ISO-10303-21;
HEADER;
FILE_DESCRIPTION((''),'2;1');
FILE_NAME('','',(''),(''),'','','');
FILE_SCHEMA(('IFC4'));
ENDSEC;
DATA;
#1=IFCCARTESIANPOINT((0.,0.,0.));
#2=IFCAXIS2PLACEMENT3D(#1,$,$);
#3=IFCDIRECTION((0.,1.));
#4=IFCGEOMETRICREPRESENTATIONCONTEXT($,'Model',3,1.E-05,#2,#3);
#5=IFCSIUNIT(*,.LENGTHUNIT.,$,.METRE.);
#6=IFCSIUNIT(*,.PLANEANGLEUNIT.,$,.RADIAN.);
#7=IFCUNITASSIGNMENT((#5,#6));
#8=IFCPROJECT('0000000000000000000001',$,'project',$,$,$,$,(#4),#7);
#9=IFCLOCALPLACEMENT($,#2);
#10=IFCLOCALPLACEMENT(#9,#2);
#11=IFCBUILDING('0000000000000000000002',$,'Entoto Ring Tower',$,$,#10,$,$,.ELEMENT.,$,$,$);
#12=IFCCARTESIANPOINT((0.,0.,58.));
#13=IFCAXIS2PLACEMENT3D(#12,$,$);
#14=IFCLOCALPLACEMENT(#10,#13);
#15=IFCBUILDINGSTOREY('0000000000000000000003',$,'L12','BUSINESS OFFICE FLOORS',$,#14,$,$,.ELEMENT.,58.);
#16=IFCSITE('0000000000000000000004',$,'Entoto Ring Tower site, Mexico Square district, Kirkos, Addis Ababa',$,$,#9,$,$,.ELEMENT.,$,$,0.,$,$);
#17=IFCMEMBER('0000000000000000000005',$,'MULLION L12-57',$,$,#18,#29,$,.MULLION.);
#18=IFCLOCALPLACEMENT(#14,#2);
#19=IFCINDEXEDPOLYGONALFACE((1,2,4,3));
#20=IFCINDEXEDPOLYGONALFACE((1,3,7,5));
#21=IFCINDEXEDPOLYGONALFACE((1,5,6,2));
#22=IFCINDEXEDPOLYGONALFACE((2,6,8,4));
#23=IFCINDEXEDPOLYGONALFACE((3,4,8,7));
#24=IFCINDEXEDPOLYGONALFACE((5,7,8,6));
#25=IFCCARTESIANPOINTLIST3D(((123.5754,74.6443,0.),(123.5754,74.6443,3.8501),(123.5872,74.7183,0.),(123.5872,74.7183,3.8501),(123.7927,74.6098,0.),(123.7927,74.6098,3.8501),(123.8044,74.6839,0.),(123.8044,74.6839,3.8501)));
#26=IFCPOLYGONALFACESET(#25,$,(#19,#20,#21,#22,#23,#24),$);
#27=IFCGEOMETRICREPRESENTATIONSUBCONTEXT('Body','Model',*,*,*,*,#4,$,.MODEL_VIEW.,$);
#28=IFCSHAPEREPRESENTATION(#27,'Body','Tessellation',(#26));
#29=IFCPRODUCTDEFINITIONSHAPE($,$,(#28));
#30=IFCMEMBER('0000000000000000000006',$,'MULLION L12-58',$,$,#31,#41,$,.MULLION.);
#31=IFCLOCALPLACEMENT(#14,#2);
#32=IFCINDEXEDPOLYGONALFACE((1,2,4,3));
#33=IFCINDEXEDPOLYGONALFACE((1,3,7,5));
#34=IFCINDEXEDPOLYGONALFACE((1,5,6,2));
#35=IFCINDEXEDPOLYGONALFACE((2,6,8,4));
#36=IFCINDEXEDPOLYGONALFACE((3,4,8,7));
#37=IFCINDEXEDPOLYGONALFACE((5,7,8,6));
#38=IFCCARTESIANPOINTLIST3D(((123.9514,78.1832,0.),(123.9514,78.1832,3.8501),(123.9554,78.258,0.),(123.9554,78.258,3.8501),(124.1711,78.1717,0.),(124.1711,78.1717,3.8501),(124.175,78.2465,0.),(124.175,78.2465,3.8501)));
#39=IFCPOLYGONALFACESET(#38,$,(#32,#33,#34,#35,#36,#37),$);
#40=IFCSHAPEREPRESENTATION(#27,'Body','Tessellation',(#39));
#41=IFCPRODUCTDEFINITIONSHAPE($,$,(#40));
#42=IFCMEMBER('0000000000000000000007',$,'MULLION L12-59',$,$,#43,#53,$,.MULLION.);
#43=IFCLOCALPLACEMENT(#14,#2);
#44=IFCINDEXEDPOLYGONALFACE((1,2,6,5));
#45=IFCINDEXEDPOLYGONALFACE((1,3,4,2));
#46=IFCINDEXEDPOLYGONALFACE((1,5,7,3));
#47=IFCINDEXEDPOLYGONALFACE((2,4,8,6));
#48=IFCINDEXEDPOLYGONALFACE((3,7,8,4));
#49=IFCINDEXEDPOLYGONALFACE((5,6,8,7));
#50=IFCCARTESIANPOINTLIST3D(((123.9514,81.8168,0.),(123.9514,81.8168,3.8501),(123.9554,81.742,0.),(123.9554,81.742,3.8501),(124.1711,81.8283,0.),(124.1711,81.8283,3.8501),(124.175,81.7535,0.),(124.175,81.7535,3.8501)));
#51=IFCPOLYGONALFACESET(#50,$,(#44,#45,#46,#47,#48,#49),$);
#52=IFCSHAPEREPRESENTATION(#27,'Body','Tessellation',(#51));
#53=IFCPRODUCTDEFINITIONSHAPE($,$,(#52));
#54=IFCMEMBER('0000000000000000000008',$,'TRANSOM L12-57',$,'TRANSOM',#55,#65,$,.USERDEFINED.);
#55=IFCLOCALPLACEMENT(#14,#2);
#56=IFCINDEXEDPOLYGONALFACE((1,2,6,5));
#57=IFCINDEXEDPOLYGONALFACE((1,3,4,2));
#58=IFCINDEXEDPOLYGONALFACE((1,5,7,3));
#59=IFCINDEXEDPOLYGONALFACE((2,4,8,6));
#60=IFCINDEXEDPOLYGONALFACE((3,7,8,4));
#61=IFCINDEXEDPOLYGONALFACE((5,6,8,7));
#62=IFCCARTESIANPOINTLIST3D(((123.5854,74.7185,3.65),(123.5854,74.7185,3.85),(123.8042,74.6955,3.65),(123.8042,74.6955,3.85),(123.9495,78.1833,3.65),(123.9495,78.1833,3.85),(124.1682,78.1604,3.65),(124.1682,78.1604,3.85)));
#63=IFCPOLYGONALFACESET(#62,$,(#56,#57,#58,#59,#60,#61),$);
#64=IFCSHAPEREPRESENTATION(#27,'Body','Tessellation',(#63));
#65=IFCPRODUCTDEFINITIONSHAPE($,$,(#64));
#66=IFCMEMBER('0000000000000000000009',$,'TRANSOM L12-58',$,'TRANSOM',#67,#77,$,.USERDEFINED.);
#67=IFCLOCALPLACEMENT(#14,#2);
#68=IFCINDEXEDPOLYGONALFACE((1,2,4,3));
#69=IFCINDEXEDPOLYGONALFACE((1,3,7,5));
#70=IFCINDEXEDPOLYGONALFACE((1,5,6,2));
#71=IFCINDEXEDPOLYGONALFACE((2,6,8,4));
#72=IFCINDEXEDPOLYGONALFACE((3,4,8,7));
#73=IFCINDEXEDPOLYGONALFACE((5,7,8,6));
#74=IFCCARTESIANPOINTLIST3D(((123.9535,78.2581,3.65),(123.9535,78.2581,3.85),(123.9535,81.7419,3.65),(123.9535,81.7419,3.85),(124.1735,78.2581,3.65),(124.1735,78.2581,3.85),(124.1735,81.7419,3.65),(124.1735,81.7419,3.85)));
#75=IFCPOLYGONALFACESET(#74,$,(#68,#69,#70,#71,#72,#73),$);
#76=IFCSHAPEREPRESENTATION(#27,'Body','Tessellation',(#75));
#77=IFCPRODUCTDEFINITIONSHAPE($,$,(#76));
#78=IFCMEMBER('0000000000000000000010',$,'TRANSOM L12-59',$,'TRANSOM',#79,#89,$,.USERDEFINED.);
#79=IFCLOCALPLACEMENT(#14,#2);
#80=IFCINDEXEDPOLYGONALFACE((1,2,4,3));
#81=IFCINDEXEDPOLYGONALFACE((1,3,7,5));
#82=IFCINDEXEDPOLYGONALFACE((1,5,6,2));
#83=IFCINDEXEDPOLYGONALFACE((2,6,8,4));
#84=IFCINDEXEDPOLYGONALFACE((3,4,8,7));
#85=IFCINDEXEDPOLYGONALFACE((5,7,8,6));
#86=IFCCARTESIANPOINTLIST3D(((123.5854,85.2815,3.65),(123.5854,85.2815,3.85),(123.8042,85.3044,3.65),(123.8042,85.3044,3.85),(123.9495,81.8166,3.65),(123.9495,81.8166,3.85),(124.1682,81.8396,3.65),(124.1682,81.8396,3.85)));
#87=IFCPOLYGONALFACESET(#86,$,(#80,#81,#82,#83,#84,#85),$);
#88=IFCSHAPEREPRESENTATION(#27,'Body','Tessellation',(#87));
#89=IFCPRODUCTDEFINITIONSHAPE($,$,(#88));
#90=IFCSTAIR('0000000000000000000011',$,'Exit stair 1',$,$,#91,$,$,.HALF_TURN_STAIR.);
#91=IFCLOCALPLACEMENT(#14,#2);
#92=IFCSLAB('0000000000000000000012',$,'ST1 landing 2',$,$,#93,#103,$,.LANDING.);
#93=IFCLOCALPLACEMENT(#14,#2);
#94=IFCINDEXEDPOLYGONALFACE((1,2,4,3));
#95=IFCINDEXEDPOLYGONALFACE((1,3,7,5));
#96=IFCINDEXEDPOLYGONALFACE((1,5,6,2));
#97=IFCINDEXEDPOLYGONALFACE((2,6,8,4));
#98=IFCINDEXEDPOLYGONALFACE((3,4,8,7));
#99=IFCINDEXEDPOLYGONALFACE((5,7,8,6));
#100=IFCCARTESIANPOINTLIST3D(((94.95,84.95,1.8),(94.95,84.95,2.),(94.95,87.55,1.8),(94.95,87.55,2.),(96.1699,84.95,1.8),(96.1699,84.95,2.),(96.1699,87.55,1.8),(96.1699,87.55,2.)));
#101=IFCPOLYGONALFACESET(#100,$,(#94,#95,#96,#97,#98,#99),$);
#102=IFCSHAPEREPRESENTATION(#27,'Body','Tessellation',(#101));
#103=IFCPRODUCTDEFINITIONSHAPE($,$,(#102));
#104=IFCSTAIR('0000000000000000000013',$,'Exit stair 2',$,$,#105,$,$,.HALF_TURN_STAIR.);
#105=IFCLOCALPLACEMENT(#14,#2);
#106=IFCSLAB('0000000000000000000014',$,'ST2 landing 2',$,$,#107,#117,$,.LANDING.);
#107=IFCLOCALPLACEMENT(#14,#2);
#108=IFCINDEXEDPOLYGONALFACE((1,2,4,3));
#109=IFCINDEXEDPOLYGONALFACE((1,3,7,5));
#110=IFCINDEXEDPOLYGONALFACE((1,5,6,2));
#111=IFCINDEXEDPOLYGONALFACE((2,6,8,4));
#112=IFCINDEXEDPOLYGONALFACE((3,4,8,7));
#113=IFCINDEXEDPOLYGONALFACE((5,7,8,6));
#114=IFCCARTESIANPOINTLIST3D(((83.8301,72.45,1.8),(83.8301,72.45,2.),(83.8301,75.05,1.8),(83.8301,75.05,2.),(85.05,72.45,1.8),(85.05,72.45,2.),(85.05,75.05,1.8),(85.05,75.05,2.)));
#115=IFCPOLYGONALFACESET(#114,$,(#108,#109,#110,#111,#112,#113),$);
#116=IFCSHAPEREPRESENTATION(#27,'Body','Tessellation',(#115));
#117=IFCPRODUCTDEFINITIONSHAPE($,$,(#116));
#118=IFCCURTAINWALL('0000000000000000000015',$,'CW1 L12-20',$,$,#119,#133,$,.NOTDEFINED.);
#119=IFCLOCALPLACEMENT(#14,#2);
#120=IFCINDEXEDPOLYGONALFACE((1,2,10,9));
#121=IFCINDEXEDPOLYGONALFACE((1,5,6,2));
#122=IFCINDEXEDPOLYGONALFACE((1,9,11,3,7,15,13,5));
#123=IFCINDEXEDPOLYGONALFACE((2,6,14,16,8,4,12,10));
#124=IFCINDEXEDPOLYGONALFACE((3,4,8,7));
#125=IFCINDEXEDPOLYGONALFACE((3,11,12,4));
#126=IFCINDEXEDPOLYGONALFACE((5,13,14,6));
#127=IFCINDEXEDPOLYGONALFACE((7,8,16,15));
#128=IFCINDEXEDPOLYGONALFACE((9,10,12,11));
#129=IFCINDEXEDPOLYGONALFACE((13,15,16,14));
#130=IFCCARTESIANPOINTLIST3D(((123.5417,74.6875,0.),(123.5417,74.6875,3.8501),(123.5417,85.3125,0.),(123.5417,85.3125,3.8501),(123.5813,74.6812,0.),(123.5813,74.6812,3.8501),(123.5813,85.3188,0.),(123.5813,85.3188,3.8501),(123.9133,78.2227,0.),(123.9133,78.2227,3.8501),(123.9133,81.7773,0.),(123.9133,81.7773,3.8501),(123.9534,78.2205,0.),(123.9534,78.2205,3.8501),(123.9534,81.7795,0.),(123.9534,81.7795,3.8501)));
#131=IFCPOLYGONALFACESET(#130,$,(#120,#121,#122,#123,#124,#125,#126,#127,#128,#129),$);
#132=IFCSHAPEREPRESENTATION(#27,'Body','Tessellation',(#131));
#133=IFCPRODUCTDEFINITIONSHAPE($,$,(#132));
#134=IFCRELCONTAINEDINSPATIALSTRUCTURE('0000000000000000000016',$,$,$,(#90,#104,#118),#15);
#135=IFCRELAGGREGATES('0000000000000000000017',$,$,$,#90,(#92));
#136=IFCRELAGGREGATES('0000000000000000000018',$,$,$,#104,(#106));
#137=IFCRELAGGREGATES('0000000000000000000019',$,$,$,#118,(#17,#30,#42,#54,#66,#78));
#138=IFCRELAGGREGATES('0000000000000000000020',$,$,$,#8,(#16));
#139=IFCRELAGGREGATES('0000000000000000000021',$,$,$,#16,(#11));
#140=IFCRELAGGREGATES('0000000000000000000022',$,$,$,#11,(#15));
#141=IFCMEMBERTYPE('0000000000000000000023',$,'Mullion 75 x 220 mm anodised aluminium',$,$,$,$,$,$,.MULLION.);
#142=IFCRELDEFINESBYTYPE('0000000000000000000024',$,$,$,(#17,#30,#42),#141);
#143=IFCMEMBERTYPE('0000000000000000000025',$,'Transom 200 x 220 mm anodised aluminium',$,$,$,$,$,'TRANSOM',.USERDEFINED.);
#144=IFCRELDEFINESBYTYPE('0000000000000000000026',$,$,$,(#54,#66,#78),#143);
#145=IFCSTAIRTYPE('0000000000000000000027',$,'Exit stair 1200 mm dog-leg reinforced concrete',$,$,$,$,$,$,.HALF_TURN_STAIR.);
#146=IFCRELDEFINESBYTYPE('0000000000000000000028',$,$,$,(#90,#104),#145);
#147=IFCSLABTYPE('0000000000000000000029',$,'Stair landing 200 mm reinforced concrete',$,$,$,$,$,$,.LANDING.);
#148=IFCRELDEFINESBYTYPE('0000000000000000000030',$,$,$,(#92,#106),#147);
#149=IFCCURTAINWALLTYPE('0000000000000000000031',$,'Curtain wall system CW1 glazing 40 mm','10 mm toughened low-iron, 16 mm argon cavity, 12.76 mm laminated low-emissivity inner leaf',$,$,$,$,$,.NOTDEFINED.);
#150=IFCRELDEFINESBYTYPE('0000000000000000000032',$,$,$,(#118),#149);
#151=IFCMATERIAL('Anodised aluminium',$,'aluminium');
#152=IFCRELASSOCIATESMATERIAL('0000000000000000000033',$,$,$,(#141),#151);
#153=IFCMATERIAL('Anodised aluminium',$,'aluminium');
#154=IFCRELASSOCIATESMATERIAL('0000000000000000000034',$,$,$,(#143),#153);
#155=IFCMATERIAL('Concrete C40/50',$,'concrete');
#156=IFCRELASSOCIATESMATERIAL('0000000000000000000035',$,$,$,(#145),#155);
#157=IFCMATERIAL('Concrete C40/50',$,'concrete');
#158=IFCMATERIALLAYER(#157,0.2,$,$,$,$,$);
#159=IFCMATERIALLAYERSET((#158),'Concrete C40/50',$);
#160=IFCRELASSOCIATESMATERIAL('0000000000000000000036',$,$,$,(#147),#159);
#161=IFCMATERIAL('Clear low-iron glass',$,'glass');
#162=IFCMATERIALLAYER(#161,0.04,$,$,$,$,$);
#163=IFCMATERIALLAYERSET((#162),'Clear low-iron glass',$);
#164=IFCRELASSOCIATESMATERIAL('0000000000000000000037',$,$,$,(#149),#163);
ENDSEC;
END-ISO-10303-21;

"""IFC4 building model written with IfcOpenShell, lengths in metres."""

from ifc_helpers import new_model, si_unit, direction, frame, origin, origin_2d, place, context, subcontext, project, spatial, polyline, rectangle, outline, extrude, material, layer, layer_set, material_profile, profile_set, type_object, element, aggregate, save


model = new_model("IFC4")

# Units and contexts
model_context = context("Model", 3, precision=1e-05, world=origin(), true_north=direction((0.0, 1.0)))
body_context = subcontext(model_context, "Body", "Model", "MODEL_VIEW")
ifc_project = project(units=[si_unit("LENGTHUNIT", "METRE"), si_unit("PLANEANGLEUNIT", "RADIAN")], contexts=[model_context])

# Members
ifc_material_1 = material(Name="Anodised aluminium", Category="aluminium")
ifc_material_profile_1 = material_profile(ifc_material_1, rectangle(XDim=0.075, YDim=0.22, at=origin_2d()), Name="Mullion 75 x 220 mm anodised aluminium")
ifc_profile_set_1 = profile_set([ifc_material_profile_1], Name="Anodised aluminium")
member_type_1 = type_object("IfcMemberType", Name="Mullion 75 x 220 mm anodised aluminium", PredefinedType="MULLION", material=ifc_profile_set_1)
site_placement = place(None, origin())
building_placement = place(site_placement, origin())
storey_placement = place(building_placement, frame((0.0, 0.0, 58.0)))
member_1_placement = place(storey_placement, frame((123.6899, 74.6641, 0.0), z_axis=(0.0, 0.0, 1.0), x_axis=(0.156434, 0.987688, 0.0)))
member_1 = element("IfcMember", 1, at=member_1_placement, type_object=member_type_1, Name="MULLION L12-57", PredefinedType="MULLION", context=body_context, shape_type="SweptSolid", body=[
    extrude(rectangle(XDim=0.075, YDim=0.22, at=origin_2d()), origin(), (0.0, 0.0, 1.0), 3.8501),
])
member_2_placement = place(storey_placement, frame((124.0632, 78.2148, 0.0), z_axis=(0.0, 0.0, 1.0), x_axis=(0.052336, 0.99863, 0.0)))
member_2 = element("IfcMember", 2, at=member_2_placement, type_object=member_type_1, Name="MULLION L12-58", PredefinedType="MULLION", context=body_context, shape_type="SweptSolid", body=[
    extrude(rectangle(XDim=0.075, YDim=0.22, at=origin_2d()), origin(), (0.0, 0.0, 1.0), 3.8501),
])
member_3_placement = place(storey_placement, frame((124.0632, 81.7852, 0.0), z_axis=(0.0, 0.0, 1.0), x_axis=(-0.052336, 0.99863, 0.0)))
member_3 = element("IfcMember", 3, at=member_3_placement, type_object=member_type_1, Name="MULLION L12-59", PredefinedType="MULLION", context=body_context, shape_type="SweptSolid", body=[
    extrude(rectangle(XDim=0.075, YDim=0.22, at=origin_2d()), origin(), (0.0, 0.0, 1.0), 3.8501),
])
ifc_material_2 = material(Name="Anodised aluminium", Category="aluminium")
ifc_material_profile_2 = material_profile(ifc_material_2, rectangle(XDim=0.22, YDim=0.2, at=origin_2d()), Name="Transom 200 x 220 mm anodised aluminium")
ifc_profile_set_2 = profile_set([ifc_material_profile_2], Name="Anodised aluminium")
member_type_2 = type_object("IfcMemberType", Name="Transom 200 x 220 mm anodised aluminium", ElementType="TRANSOM", PredefinedType="USERDEFINED", material=ifc_profile_set_2)
member_4_placement = place(storey_placement, frame((123.6948, 74.707, 3.75), z_axis=(0.104484, 0.994527, 0.0), x_axis=(-0.994527, 0.104484, 0.0)))
member_4 = element("IfcMember", 4, at=member_4_placement, type_object=member_type_2, Name="TRANSOM L12-57", ObjectType="TRANSOM", PredefinedType="USERDEFINED", context=body_context, shape_type="SweptSolid", body=[
    extrude(rectangle(XDim=0.22, YDim=0.2, at=origin_2d()), origin(), (0.0, 0.0, 1.0), 3.4839),
])
member_5_placement = place(storey_placement, frame((124.0635, 78.2581, 3.75), z_axis=(0.0, 1.0, 0.0), x_axis=(-1.0, 0.0, 0.0)))
member_5 = element("IfcMember", 5, at=member_5_placement, type_object=member_type_2, Name="TRANSOM L12-58", ObjectType="TRANSOM", PredefinedType="USERDEFINED", context=body_context, shape_type="SweptSolid", body=[
    extrude(rectangle(XDim=0.22, YDim=0.2, at=origin_2d()), origin(), (0.0, 0.0, 1.0), 3.4839),
])
member_6_placement = place(storey_placement, frame((124.0588, 81.8281, 3.75), z_axis=(-0.104484, 0.994527, 0.0), x_axis=(-0.994527, -0.104484, 0.0)))
member_6 = element("IfcMember", 6, at=member_6_placement, type_object=member_type_2, Name="TRANSOM L12-59", ObjectType="TRANSOM", PredefinedType="USERDEFINED", context=body_context, shape_type="SweptSolid", body=[
    extrude(rectangle(XDim=0.22, YDim=0.2, at=origin_2d()), origin(), (0.0, 0.0, 1.0), 3.4839),
])

# Site, building, storey
site = spatial("IfcSite", under=ifc_project, at=site_placement, Name="Entoto Ring Tower site, Mexico Square district, Kirkos, Addis Ababa", CompositionType="ELEMENT", RefElevation=0.0)
building = spatial("IfcBuilding", under=site, at=building_placement, Name="Entoto Ring Tower", CompositionType="ELEMENT")
storey = spatial("IfcBuildingStorey", under=building, at=storey_placement, Name="L12", Description="BUSINESS OFFICE FLOORS", CompositionType="ELEMENT", Elevation=58.0)

# Stairs, slabs
ifc_material_3 = material(Name="Concrete C40/50", Category="concrete")
stair_type = type_object("IfcStairType", Name="Exit stair 1200 mm dog-leg reinforced concrete", PredefinedType="HALF_TURN_STAIR", material=ifc_material_3)
stair_1_placement = place(storey_placement, origin())
stair_1 = element("IfcStair", 7, at=stair_1_placement, inside=storey, type_object=stair_type, Name="Exit stair 1", PredefinedType="HALF_TURN_STAIR")
ifc_material_4 = material(Name="Concrete C40/50", Category="concrete")
ifc_layer_1 = layer(ifc_material_4, 0.2)
ifc_layer_set_1 = layer_set([ifc_layer_1], Name="Concrete C40/50")
slab_type = type_object("IfcSlabType", Name="Stair landing 200 mm reinforced concrete", PredefinedType="LANDING", material=ifc_layer_set_1)
slab_1_placement = place(storey_placement, frame((0.0, 0.0, 1.8)))
slab_1 = element("IfcSlab", 8, at=slab_1_placement, type_object=slab_type, Name="ST1 landing 2", PredefinedType="LANDING", context=body_context, shape_type="SweptSolid", body=[
    extrude(outline(polyline([(94.95, 84.95), (96.1699, 84.95), (96.1699, 87.55), (94.95, 87.55), (94.95, 84.95)])), origin(), (0.0, 0.0, 1.0), 0.2),
])
aggregate(stair_1, [slab_1])
stair_2_placement = place(storey_placement, origin())
stair_2 = element("IfcStair", 9, at=stair_2_placement, inside=storey, type_object=stair_type, Name="Exit stair 2", PredefinedType="HALF_TURN_STAIR")
slab_2_placement = place(storey_placement, frame((0.0, 0.0, 1.8)))
slab_2 = element("IfcSlab", 10, at=slab_2_placement, type_object=slab_type, Name="ST2 landing 2", PredefinedType="LANDING", context=body_context, shape_type="SweptSolid", body=[
    extrude(outline(polyline([(83.8301, 72.45), (85.05, 72.45), (85.05, 75.05), (83.8301, 75.05), (83.8301, 72.45)])), origin(), (0.0, 0.0, 1.0), 0.2),
])
aggregate(stair_2, [slab_2])

# Curtain wall
ifc_material_5 = material(Name="Clear low-iron glass", Category="glass")
ifc_layer_2 = layer(ifc_material_5, 0.04)
ifc_layer_set_2 = layer_set([ifc_layer_2], Name="Clear low-iron glass")
curtain_wall_type = type_object("IfcCurtainWallType", Name="Curtain wall system CW1 glazing 40 mm", Description="10 mm toughened low-iron, 16 mm argon cavity, 12.76 mm laminated low-emissivity inner leaf", PredefinedType="NOTDEFINED", material=ifc_layer_set_2)
curtain_wall_1_placement = place(storey_placement, origin())
curtain_wall_1 = element("IfcCurtainWall", 11, at=curtain_wall_1_placement, inside=storey, type_object=curtain_wall_type, Name="CW1 L12-20", PredefinedType="NOTDEFINED", context=body_context, shape_type="SweptSolid", body=[
    extrude(outline(polyline([(123.5813, 74.6812), (123.9534, 78.2205), (123.9534, 81.7795), (123.5813, 85.3188), (123.5417, 85.3125), (123.9133, 81.7773), (123.9133, 78.2227), (123.5417, 74.6875), (123.5813, 74.6812)])), origin(), (0.0, 0.0, 1.0), 3.8501),
])
aggregate(curtain_wall_1, [member_1, member_2, member_3, member_4, member_5, member_6])

save(model, "model.ifc")
